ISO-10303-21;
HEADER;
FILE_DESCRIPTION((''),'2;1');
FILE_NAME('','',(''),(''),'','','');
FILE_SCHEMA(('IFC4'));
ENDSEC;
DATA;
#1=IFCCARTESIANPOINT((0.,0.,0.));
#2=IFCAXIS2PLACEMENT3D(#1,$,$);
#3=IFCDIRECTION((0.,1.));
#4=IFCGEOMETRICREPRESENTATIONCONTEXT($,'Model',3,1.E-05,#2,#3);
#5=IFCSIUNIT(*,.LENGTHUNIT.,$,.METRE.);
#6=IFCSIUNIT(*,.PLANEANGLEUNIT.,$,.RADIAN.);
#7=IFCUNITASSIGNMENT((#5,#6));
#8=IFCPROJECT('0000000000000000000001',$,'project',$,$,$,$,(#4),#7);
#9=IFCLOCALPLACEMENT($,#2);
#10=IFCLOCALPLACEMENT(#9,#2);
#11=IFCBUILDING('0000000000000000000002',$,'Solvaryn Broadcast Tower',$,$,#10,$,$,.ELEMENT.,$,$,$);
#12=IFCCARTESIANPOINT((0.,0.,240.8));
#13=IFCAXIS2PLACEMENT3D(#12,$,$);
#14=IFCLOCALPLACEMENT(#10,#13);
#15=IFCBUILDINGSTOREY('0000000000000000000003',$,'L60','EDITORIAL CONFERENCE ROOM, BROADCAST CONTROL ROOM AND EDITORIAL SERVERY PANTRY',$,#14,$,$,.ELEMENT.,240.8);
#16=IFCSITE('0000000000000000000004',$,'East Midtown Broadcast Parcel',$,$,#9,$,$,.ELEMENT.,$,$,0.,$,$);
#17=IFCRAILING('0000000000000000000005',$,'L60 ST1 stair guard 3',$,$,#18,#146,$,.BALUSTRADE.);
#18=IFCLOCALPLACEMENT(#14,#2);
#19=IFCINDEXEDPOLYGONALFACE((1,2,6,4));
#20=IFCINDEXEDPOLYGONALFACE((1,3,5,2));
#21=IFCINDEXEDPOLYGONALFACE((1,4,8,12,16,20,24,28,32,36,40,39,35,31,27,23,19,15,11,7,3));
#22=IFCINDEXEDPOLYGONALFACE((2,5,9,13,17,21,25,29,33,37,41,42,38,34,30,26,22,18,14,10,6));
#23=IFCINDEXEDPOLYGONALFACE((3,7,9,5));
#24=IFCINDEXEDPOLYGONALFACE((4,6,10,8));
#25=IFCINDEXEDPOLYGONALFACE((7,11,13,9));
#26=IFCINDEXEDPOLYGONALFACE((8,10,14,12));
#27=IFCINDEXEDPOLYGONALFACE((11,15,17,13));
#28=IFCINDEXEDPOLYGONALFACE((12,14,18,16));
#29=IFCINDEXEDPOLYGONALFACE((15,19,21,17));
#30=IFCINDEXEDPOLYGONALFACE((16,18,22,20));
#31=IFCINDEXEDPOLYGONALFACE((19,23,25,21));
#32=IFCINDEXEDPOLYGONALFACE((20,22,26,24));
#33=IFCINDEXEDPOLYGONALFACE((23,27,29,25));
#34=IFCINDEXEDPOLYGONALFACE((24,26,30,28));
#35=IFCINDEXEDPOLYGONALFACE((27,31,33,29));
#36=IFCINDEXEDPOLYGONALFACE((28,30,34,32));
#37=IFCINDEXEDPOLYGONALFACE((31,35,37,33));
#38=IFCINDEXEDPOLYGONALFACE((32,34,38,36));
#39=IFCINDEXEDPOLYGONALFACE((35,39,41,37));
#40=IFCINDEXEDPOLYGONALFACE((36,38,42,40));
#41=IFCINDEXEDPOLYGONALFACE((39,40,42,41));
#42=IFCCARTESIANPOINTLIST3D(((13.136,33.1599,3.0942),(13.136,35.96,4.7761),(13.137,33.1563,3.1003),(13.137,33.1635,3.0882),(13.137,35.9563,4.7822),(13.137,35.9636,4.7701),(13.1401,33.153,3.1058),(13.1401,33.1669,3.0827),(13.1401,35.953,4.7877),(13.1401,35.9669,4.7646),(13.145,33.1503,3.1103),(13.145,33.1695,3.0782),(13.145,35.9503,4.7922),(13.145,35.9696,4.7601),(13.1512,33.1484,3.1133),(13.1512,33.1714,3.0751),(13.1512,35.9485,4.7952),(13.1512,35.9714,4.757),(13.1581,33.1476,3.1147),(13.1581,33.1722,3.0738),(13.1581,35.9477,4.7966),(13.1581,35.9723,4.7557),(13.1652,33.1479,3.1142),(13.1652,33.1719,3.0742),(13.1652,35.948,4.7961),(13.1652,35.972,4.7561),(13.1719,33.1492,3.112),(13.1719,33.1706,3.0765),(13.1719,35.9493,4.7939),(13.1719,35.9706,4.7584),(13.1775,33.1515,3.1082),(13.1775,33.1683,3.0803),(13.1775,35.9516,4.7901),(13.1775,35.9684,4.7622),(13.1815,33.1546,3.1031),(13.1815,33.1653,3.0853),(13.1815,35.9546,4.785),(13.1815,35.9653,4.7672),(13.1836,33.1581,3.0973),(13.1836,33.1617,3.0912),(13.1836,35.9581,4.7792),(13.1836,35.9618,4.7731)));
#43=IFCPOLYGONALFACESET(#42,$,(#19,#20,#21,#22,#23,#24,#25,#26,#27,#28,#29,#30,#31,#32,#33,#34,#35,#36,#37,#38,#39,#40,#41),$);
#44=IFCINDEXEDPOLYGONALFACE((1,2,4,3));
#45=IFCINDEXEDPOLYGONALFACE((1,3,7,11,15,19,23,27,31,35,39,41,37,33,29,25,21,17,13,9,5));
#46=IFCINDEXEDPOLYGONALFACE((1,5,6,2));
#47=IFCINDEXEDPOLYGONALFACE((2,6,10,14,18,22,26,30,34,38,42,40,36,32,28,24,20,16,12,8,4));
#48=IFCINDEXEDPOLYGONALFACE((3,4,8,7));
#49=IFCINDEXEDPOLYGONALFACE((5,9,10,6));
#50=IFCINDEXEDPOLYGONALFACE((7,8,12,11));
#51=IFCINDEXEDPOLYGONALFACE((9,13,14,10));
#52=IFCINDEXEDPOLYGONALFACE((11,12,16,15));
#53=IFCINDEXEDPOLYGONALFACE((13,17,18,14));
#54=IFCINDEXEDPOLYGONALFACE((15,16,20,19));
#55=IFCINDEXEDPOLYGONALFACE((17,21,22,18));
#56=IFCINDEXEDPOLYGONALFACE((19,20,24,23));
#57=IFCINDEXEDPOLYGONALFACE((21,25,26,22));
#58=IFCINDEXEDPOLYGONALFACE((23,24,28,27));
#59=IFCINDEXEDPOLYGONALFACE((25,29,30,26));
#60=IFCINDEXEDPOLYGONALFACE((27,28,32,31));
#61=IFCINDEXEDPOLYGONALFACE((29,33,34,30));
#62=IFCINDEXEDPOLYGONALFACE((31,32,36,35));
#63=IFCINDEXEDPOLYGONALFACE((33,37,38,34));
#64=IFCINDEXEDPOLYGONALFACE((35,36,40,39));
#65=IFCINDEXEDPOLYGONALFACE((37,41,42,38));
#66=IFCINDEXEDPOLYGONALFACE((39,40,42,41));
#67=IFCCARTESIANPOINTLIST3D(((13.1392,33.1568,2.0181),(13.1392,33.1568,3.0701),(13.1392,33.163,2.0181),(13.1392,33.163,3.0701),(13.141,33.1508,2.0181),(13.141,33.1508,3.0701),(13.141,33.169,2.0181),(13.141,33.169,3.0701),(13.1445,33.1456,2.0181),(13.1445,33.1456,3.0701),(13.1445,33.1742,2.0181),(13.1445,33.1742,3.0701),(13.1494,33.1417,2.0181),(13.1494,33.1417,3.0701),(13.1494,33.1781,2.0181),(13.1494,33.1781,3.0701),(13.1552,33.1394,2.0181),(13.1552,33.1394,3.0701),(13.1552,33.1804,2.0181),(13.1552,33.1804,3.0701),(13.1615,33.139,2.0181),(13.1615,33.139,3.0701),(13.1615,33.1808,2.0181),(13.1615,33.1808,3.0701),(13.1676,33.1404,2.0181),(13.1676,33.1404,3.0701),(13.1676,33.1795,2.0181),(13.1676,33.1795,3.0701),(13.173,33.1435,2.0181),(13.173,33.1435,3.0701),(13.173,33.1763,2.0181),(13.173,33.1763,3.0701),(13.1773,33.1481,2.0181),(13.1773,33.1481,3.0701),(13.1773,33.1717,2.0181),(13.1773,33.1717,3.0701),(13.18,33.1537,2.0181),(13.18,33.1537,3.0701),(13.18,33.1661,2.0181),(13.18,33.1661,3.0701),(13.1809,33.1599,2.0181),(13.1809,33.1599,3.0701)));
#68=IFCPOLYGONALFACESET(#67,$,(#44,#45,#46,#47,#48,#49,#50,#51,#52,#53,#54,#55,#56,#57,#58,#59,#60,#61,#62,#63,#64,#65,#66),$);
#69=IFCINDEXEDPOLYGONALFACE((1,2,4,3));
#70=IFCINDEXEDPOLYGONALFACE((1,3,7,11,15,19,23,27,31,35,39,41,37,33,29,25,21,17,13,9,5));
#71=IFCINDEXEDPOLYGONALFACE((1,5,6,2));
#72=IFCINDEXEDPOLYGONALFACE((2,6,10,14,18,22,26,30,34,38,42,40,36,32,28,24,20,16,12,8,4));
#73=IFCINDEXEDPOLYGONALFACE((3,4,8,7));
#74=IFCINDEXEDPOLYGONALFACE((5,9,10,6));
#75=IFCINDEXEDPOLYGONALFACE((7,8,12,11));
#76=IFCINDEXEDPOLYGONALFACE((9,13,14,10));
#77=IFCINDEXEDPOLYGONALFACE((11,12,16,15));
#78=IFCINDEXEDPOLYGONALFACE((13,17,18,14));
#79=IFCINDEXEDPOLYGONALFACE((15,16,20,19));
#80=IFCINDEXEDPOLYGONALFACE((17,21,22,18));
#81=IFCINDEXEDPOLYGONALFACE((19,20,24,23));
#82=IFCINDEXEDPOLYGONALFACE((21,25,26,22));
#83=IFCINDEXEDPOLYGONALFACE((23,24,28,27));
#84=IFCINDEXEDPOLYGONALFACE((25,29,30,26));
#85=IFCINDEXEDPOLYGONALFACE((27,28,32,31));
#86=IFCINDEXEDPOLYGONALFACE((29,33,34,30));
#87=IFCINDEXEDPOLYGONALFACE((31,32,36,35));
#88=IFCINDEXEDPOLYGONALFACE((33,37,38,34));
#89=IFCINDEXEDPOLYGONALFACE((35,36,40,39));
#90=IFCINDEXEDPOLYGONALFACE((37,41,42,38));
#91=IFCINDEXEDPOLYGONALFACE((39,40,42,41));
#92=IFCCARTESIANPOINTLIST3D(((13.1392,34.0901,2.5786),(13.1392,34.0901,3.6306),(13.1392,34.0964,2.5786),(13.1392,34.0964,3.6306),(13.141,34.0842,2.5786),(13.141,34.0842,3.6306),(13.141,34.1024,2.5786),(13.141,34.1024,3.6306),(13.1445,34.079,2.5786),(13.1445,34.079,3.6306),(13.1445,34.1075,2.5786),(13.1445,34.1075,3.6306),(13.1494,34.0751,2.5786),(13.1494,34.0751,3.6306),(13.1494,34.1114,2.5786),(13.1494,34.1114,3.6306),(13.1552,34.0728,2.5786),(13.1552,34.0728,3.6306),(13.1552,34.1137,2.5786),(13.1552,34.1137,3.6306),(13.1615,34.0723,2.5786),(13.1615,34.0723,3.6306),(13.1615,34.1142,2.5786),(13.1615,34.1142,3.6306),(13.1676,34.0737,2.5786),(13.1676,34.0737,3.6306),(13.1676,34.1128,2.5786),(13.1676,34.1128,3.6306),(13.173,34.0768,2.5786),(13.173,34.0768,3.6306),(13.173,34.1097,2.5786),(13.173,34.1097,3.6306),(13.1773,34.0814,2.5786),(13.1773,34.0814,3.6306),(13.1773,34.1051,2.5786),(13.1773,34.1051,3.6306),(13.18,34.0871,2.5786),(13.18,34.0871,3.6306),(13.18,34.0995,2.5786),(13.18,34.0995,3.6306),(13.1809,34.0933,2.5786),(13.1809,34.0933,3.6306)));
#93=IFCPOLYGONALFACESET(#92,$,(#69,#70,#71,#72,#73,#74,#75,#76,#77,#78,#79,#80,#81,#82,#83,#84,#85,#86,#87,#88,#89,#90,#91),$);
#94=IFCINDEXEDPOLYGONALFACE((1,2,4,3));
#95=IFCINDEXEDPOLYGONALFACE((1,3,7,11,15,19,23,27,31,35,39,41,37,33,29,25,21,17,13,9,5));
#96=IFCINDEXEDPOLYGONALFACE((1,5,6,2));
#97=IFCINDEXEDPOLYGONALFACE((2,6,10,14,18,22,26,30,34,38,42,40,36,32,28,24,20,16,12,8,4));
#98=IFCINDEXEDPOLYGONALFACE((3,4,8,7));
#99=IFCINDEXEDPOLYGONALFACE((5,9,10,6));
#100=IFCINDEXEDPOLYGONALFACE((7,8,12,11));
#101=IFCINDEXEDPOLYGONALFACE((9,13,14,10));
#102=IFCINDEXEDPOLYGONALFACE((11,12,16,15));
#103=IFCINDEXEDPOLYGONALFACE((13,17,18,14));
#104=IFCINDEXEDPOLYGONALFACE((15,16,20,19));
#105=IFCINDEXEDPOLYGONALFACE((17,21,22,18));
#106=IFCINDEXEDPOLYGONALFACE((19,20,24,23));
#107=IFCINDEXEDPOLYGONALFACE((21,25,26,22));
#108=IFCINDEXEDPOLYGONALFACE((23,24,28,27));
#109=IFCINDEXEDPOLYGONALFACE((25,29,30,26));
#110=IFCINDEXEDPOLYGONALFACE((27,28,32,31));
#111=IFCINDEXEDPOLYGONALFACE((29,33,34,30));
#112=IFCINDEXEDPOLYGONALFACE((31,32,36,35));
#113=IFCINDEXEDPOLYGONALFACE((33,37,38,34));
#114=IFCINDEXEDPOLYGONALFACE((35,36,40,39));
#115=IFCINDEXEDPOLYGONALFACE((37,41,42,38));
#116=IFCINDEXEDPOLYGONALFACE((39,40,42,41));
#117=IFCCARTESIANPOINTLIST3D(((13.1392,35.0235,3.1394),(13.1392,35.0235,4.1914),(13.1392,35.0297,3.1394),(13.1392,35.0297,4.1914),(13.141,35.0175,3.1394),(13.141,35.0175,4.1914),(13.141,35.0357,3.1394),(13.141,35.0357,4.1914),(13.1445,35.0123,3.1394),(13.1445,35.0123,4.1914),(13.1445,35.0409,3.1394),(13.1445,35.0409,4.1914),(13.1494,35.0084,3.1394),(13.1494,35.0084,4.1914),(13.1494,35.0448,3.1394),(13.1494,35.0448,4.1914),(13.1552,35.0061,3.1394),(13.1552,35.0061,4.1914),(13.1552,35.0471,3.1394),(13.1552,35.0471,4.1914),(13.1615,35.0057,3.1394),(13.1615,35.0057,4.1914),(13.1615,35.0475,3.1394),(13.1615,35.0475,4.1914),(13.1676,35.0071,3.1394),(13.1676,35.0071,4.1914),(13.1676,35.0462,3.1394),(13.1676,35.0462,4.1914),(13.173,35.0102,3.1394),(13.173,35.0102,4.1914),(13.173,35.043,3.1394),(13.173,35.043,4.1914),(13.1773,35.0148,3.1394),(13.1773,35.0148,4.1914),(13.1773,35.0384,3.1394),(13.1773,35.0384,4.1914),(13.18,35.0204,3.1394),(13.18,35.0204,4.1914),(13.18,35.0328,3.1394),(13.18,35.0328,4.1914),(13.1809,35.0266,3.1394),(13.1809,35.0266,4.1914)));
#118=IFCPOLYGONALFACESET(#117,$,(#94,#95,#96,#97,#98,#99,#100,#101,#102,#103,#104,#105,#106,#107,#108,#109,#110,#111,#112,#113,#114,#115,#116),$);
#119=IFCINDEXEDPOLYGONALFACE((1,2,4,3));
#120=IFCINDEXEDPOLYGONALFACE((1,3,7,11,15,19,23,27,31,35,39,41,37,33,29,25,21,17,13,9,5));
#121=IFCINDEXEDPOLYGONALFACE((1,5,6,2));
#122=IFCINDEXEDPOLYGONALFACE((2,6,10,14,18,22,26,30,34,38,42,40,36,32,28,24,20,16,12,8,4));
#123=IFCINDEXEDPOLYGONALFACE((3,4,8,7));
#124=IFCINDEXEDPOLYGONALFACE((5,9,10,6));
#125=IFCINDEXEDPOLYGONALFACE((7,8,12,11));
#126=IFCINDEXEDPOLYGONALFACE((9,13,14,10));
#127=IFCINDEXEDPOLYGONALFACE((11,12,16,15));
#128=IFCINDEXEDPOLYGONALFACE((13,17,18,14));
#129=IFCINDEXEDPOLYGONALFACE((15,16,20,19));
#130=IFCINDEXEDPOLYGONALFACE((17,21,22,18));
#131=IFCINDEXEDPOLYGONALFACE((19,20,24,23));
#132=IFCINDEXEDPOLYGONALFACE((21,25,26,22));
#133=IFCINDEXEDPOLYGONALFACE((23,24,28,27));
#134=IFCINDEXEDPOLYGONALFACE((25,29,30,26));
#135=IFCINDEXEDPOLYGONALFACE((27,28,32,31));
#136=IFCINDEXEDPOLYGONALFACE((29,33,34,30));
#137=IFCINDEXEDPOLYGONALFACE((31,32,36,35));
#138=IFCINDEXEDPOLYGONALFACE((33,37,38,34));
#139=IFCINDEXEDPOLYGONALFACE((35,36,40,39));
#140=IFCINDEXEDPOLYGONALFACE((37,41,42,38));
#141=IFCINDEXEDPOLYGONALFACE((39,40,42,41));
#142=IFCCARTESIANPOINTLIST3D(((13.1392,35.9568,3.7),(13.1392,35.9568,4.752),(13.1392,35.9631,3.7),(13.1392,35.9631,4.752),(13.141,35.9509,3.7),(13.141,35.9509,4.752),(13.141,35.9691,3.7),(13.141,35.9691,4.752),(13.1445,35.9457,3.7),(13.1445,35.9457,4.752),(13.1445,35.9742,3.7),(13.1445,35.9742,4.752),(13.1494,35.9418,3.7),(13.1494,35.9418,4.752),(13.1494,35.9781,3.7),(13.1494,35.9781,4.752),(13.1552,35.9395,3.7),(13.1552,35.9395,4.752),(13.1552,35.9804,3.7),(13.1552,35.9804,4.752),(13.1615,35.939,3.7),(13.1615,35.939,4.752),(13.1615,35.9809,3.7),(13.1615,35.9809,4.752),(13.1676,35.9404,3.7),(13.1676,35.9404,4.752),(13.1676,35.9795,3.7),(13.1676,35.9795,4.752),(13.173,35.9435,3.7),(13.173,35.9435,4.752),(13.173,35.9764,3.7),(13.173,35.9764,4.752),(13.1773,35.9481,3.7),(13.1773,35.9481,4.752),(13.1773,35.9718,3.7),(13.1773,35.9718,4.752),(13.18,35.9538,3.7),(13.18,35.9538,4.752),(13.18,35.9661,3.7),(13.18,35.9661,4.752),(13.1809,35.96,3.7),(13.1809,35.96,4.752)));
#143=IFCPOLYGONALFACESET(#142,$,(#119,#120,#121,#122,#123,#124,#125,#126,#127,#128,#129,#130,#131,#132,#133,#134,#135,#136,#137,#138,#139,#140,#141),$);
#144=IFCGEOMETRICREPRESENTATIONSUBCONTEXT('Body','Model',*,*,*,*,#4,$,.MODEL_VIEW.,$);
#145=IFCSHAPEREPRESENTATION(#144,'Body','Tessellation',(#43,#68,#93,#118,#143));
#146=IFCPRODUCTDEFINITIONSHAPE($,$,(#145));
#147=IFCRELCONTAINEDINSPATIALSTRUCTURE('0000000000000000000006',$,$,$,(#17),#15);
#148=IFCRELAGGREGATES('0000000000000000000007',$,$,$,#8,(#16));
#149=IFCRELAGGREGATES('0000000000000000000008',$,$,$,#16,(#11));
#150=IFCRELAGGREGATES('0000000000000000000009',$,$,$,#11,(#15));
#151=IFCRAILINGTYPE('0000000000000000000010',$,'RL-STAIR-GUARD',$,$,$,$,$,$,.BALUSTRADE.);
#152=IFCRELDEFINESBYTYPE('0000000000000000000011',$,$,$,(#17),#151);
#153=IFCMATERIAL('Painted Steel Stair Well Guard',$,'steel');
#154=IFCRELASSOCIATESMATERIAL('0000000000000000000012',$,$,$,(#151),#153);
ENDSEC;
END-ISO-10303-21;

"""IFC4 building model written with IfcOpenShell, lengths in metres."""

from ifc_helpers import new_model, si_unit, direction, frame, origin, origin_2d, place, context, subcontext, project, spatial, circle, extrude, material, type_object, element, save


model = new_model("IFC4")

# Units and contexts
model_context = context("Model", 3, precision=1e-05, world=origin(), true_north=direction((0.0, 1.0)))
body_context = subcontext(model_context, "Body", "Model", "MODEL_VIEW")
ifc_project = project(units=[si_unit("LENGTHUNIT", "METRE"), si_unit("PLANEANGLEUNIT", "RADIAN")], contexts=[model_context])

# Site, building, storey
site_placement = place(None, origin())
site = spatial("IfcSite", under=ifc_project, at=site_placement, Name="East Midtown Broadcast Parcel", CompositionType="ELEMENT", RefElevation=0.0)
building_placement = place(site_placement, origin())
building = spatial("IfcBuilding", under=site, at=building_placement, Name="Solvaryn Broadcast Tower", CompositionType="ELEMENT")
storey_placement = place(building_placement, frame((0.0, 0.0, 240.8)))
storey = spatial("IfcBuildingStorey", under=building, at=storey_placement, Name="L60", Description="EDITORIAL CONFERENCE ROOM, BROADCAST CONTROL ROOM AND EDITORIAL SERVERY PANTRY", CompositionType="ELEMENT", Elevation=240.8)

# Railing
ifc_material_1 = material(Name="Painted Steel Stair Well Guard", Category="steel")
railing_type_1 = type_object("IfcRailingType", Name="RL-STAIR-GUARD", PredefinedType="BALUSTRADE", material=ifc_material_1)
railing_1_placement = place(storey_placement, frame((13.1599, 33.1599, 2.0181)))
element("IfcRailing", 1, at=railing_1_placement, inside=storey, type_object=railing_type_1, Name="L60 ST1 stair guard 3", PredefinedType="BALUSTRADE", context=body_context, shape_type="SweptSolid", body=[
    extrude(circle(Radius=0.0239, at=origin_2d()), frame((0.0, 0.0, 1.0762), z_axis=(0.0, 0.857242, 0.514913), x_axis=(-1.0, 0.0, 0.0)), (0.0, 0.0, 1.0), 3.2664),
    extrude(circle(Radius=0.021, at=origin_2d()), origin(), (0.0, 0.0, 1.0), 1.052),
    extrude(circle(Radius=0.021, at=origin_2d()), frame((0.0, 0.9333, 0.5605)), (0.0, 0.0, 1.0), 1.052),
    extrude(circle(Radius=0.021, at=origin_2d()), frame((0.0, 1.8667, 1.1213)), (0.0, 0.0, 1.0), 1.052),
    extrude(circle(Radius=0.021, at=origin_2d()), frame((0.0, 2.8, 1.6819)), (0.0, 0.0, 1.0), 1.052),
])

save(model, "model.ifc")
